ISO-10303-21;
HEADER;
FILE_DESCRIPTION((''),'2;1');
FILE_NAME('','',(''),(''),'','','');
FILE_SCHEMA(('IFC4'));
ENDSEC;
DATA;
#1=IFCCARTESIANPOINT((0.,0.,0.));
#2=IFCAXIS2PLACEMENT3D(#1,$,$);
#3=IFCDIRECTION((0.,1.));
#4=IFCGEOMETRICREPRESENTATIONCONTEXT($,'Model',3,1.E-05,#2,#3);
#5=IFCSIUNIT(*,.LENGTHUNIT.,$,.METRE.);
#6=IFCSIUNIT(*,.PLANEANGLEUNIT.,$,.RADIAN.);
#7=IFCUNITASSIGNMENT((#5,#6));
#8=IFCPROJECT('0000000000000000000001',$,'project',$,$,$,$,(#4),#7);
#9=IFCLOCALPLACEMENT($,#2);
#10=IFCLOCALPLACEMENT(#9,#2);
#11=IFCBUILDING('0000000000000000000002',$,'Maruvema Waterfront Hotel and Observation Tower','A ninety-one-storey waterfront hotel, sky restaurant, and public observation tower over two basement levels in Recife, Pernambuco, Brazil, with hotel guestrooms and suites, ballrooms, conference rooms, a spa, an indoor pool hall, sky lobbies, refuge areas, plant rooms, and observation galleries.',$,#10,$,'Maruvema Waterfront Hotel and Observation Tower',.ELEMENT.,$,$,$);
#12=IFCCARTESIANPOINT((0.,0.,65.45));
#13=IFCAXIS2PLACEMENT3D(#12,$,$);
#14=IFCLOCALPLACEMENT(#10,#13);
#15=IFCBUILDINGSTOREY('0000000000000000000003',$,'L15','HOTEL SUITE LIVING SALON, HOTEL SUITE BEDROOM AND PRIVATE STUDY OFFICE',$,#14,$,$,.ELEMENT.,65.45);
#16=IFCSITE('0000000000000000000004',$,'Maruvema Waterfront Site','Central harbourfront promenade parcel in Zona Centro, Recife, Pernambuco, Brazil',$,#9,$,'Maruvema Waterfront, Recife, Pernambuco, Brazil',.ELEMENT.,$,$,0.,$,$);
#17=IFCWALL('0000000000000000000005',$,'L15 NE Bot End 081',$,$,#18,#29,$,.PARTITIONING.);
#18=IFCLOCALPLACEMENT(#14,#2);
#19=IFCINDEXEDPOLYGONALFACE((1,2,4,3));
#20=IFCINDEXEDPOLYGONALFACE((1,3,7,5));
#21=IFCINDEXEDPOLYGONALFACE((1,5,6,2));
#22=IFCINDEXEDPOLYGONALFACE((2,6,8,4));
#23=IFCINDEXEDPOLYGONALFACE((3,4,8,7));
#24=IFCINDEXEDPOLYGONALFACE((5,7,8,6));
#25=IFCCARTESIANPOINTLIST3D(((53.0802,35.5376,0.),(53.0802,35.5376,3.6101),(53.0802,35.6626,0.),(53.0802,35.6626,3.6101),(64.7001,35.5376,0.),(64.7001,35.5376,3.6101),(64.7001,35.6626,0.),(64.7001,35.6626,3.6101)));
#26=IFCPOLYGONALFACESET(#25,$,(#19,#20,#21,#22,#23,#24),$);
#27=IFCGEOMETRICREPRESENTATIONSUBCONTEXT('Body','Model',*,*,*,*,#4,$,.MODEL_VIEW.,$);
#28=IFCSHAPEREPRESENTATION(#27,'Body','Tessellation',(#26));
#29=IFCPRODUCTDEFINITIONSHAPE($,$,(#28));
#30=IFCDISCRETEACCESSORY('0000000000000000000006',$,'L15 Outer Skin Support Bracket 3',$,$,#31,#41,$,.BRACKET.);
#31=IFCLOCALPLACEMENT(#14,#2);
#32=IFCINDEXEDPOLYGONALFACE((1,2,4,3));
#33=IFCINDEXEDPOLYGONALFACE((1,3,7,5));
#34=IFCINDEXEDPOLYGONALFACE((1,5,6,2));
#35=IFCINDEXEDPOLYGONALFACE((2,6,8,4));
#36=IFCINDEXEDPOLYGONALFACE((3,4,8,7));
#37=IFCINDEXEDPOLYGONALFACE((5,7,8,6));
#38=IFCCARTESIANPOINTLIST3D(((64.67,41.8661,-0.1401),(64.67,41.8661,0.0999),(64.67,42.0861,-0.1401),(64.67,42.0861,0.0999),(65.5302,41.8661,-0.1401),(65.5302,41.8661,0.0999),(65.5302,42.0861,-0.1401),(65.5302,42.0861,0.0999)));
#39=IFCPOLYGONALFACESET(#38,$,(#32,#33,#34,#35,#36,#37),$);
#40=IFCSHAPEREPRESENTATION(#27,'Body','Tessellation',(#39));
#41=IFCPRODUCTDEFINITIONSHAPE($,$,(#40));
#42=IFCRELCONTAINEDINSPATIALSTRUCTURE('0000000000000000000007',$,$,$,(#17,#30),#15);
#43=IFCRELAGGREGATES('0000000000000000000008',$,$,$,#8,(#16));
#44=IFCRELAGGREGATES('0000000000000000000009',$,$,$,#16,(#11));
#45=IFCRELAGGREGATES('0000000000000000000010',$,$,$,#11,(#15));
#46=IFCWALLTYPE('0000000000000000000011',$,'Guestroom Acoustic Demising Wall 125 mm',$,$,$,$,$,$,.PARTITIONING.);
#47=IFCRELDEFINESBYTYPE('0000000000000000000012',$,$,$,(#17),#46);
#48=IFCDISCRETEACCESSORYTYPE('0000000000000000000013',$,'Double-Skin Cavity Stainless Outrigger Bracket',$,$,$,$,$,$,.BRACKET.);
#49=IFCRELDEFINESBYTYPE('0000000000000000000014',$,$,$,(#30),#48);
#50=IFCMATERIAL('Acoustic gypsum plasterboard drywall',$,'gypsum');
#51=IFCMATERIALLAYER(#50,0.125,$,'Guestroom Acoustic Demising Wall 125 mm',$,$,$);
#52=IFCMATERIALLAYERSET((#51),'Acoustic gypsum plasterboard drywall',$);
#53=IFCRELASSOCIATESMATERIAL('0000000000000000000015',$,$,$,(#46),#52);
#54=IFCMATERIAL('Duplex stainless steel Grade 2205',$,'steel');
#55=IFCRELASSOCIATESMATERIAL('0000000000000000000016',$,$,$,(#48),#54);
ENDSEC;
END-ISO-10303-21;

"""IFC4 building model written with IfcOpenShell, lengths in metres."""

from ifc_helpers import new_model, si_unit, direction, frame, frame_2d, origin, origin_2d, place, context, subcontext, project, spatial, rectangle, extrude, material, layer, layer_set, type_object, element, save


model = new_model("IFC4")

# Units and contexts
model_context = context("Model", 3, precision=1e-05, world=origin(), true_north=direction((0.0, 1.0)))
body_context = subcontext(model_context, "Body", "Model", "MODEL_VIEW")
ifc_project = project(units=[si_unit("LENGTHUNIT", "METRE"), si_unit("PLANEANGLEUNIT", "RADIAN")], contexts=[model_context])

# Site, building, storey
site_placement = place(None, origin())
site = spatial("IfcSite", under=ifc_project, at=site_placement, Name="Maruvema Waterfront Site", Description="Central harbourfront promenade parcel in Zona Centro, Recife, Pernambuco, Brazil", LongName="Maruvema Waterfront, Recife, Pernambuco, Brazil", CompositionType="ELEMENT", RefElevation=0.0)
building_placement = place(site_placement, origin())
building = spatial("IfcBuilding", under=site, at=building_placement, Name="Maruvema Waterfront Hotel and Observation Tower", Description="A ninety-one-storey waterfront hotel, sky restaurant, and public observation tower over two basement levels in Recife, Pernambuco, Brazil, with hotel guestrooms and suites, ballrooms, conference rooms, a spa, an indoor pool hall, sky lobbies, refuge areas, plant rooms, and observation galleries.", LongName="Maruvema Waterfront Hotel and Observation Tower", CompositionType="ELEMENT")
storey_placement = place(building_placement, frame((0.0, 0.0, 65.45)))
storey = spatial("IfcBuildingStorey", under=building, at=storey_placement, Name="L15", Description="HOTEL SUITE LIVING SALON, HOTEL SUITE BEDROOM AND PRIVATE STUDY OFFICE", CompositionType="ELEMENT", Elevation=65.45)

# Wall
ifc_material_1 = material(Name="Acoustic gypsum plasterboard drywall", Category="gypsum")
ifc_layer_1 = layer(ifc_material_1, 0.125, Name="Guestroom Acoustic Demising Wall 125 mm")
ifc_layer_set_1 = layer_set([ifc_layer_1], Name="Acoustic gypsum plasterboard drywall")
wall_type_1 = type_object("IfcWallType", Name="Guestroom Acoustic Demising Wall 125 mm", PredefinedType="PARTITIONING", material=ifc_layer_set_1)
wall_1_placement = place(storey_placement, frame((53.0801, 35.6001, 0.0), z_axis=(0.0, 0.0, 1.0), x_axis=(1.0, 0.0, 0.0)))
element("IfcWall", 1, at=wall_1_placement, inside=storey, type_object=wall_type_1, Name="L15 NE Bot End 081", PredefinedType="PARTITIONING", context=body_context, shape_type="SweptSolid", body=[
    extrude(rectangle(XDim=11.6199, YDim=0.125, at=frame_2d((5.8101, 0.0))), origin(), (0.0, 0.0, 1.0), 3.6101),
])

# Discrete accessory
ifc_material_2 = material(Name="Duplex stainless steel Grade 2205", Category="steel")
discrete_accessory_type = type_object("IfcDiscreteAccessoryType", Name="Double-Skin Cavity Stainless Outrigger Bracket", PredefinedType="BRACKET", material=ifc_material_2)
discrete_accessory_placement = place(storey_placement, frame((65.1001, 41.9761, -0.1401), z_axis=(0.0, 0.0, 1.0), x_axis=(0.0, 1.0, 0.0)))
element("IfcDiscreteAccessory", 2, at=discrete_accessory_placement, inside=storey, type_object=discrete_accessory_type, Name="L15 Outer Skin Support Bracket 3", PredefinedType="BRACKET", context=body_context, shape_type="SweptSolid", body=[
    extrude(rectangle(XDim=0.22, YDim=0.8601, at=origin_2d()), origin(), (0.0, 0.0, 1.0), 0.24),
])

save(model, "model.ifc")
